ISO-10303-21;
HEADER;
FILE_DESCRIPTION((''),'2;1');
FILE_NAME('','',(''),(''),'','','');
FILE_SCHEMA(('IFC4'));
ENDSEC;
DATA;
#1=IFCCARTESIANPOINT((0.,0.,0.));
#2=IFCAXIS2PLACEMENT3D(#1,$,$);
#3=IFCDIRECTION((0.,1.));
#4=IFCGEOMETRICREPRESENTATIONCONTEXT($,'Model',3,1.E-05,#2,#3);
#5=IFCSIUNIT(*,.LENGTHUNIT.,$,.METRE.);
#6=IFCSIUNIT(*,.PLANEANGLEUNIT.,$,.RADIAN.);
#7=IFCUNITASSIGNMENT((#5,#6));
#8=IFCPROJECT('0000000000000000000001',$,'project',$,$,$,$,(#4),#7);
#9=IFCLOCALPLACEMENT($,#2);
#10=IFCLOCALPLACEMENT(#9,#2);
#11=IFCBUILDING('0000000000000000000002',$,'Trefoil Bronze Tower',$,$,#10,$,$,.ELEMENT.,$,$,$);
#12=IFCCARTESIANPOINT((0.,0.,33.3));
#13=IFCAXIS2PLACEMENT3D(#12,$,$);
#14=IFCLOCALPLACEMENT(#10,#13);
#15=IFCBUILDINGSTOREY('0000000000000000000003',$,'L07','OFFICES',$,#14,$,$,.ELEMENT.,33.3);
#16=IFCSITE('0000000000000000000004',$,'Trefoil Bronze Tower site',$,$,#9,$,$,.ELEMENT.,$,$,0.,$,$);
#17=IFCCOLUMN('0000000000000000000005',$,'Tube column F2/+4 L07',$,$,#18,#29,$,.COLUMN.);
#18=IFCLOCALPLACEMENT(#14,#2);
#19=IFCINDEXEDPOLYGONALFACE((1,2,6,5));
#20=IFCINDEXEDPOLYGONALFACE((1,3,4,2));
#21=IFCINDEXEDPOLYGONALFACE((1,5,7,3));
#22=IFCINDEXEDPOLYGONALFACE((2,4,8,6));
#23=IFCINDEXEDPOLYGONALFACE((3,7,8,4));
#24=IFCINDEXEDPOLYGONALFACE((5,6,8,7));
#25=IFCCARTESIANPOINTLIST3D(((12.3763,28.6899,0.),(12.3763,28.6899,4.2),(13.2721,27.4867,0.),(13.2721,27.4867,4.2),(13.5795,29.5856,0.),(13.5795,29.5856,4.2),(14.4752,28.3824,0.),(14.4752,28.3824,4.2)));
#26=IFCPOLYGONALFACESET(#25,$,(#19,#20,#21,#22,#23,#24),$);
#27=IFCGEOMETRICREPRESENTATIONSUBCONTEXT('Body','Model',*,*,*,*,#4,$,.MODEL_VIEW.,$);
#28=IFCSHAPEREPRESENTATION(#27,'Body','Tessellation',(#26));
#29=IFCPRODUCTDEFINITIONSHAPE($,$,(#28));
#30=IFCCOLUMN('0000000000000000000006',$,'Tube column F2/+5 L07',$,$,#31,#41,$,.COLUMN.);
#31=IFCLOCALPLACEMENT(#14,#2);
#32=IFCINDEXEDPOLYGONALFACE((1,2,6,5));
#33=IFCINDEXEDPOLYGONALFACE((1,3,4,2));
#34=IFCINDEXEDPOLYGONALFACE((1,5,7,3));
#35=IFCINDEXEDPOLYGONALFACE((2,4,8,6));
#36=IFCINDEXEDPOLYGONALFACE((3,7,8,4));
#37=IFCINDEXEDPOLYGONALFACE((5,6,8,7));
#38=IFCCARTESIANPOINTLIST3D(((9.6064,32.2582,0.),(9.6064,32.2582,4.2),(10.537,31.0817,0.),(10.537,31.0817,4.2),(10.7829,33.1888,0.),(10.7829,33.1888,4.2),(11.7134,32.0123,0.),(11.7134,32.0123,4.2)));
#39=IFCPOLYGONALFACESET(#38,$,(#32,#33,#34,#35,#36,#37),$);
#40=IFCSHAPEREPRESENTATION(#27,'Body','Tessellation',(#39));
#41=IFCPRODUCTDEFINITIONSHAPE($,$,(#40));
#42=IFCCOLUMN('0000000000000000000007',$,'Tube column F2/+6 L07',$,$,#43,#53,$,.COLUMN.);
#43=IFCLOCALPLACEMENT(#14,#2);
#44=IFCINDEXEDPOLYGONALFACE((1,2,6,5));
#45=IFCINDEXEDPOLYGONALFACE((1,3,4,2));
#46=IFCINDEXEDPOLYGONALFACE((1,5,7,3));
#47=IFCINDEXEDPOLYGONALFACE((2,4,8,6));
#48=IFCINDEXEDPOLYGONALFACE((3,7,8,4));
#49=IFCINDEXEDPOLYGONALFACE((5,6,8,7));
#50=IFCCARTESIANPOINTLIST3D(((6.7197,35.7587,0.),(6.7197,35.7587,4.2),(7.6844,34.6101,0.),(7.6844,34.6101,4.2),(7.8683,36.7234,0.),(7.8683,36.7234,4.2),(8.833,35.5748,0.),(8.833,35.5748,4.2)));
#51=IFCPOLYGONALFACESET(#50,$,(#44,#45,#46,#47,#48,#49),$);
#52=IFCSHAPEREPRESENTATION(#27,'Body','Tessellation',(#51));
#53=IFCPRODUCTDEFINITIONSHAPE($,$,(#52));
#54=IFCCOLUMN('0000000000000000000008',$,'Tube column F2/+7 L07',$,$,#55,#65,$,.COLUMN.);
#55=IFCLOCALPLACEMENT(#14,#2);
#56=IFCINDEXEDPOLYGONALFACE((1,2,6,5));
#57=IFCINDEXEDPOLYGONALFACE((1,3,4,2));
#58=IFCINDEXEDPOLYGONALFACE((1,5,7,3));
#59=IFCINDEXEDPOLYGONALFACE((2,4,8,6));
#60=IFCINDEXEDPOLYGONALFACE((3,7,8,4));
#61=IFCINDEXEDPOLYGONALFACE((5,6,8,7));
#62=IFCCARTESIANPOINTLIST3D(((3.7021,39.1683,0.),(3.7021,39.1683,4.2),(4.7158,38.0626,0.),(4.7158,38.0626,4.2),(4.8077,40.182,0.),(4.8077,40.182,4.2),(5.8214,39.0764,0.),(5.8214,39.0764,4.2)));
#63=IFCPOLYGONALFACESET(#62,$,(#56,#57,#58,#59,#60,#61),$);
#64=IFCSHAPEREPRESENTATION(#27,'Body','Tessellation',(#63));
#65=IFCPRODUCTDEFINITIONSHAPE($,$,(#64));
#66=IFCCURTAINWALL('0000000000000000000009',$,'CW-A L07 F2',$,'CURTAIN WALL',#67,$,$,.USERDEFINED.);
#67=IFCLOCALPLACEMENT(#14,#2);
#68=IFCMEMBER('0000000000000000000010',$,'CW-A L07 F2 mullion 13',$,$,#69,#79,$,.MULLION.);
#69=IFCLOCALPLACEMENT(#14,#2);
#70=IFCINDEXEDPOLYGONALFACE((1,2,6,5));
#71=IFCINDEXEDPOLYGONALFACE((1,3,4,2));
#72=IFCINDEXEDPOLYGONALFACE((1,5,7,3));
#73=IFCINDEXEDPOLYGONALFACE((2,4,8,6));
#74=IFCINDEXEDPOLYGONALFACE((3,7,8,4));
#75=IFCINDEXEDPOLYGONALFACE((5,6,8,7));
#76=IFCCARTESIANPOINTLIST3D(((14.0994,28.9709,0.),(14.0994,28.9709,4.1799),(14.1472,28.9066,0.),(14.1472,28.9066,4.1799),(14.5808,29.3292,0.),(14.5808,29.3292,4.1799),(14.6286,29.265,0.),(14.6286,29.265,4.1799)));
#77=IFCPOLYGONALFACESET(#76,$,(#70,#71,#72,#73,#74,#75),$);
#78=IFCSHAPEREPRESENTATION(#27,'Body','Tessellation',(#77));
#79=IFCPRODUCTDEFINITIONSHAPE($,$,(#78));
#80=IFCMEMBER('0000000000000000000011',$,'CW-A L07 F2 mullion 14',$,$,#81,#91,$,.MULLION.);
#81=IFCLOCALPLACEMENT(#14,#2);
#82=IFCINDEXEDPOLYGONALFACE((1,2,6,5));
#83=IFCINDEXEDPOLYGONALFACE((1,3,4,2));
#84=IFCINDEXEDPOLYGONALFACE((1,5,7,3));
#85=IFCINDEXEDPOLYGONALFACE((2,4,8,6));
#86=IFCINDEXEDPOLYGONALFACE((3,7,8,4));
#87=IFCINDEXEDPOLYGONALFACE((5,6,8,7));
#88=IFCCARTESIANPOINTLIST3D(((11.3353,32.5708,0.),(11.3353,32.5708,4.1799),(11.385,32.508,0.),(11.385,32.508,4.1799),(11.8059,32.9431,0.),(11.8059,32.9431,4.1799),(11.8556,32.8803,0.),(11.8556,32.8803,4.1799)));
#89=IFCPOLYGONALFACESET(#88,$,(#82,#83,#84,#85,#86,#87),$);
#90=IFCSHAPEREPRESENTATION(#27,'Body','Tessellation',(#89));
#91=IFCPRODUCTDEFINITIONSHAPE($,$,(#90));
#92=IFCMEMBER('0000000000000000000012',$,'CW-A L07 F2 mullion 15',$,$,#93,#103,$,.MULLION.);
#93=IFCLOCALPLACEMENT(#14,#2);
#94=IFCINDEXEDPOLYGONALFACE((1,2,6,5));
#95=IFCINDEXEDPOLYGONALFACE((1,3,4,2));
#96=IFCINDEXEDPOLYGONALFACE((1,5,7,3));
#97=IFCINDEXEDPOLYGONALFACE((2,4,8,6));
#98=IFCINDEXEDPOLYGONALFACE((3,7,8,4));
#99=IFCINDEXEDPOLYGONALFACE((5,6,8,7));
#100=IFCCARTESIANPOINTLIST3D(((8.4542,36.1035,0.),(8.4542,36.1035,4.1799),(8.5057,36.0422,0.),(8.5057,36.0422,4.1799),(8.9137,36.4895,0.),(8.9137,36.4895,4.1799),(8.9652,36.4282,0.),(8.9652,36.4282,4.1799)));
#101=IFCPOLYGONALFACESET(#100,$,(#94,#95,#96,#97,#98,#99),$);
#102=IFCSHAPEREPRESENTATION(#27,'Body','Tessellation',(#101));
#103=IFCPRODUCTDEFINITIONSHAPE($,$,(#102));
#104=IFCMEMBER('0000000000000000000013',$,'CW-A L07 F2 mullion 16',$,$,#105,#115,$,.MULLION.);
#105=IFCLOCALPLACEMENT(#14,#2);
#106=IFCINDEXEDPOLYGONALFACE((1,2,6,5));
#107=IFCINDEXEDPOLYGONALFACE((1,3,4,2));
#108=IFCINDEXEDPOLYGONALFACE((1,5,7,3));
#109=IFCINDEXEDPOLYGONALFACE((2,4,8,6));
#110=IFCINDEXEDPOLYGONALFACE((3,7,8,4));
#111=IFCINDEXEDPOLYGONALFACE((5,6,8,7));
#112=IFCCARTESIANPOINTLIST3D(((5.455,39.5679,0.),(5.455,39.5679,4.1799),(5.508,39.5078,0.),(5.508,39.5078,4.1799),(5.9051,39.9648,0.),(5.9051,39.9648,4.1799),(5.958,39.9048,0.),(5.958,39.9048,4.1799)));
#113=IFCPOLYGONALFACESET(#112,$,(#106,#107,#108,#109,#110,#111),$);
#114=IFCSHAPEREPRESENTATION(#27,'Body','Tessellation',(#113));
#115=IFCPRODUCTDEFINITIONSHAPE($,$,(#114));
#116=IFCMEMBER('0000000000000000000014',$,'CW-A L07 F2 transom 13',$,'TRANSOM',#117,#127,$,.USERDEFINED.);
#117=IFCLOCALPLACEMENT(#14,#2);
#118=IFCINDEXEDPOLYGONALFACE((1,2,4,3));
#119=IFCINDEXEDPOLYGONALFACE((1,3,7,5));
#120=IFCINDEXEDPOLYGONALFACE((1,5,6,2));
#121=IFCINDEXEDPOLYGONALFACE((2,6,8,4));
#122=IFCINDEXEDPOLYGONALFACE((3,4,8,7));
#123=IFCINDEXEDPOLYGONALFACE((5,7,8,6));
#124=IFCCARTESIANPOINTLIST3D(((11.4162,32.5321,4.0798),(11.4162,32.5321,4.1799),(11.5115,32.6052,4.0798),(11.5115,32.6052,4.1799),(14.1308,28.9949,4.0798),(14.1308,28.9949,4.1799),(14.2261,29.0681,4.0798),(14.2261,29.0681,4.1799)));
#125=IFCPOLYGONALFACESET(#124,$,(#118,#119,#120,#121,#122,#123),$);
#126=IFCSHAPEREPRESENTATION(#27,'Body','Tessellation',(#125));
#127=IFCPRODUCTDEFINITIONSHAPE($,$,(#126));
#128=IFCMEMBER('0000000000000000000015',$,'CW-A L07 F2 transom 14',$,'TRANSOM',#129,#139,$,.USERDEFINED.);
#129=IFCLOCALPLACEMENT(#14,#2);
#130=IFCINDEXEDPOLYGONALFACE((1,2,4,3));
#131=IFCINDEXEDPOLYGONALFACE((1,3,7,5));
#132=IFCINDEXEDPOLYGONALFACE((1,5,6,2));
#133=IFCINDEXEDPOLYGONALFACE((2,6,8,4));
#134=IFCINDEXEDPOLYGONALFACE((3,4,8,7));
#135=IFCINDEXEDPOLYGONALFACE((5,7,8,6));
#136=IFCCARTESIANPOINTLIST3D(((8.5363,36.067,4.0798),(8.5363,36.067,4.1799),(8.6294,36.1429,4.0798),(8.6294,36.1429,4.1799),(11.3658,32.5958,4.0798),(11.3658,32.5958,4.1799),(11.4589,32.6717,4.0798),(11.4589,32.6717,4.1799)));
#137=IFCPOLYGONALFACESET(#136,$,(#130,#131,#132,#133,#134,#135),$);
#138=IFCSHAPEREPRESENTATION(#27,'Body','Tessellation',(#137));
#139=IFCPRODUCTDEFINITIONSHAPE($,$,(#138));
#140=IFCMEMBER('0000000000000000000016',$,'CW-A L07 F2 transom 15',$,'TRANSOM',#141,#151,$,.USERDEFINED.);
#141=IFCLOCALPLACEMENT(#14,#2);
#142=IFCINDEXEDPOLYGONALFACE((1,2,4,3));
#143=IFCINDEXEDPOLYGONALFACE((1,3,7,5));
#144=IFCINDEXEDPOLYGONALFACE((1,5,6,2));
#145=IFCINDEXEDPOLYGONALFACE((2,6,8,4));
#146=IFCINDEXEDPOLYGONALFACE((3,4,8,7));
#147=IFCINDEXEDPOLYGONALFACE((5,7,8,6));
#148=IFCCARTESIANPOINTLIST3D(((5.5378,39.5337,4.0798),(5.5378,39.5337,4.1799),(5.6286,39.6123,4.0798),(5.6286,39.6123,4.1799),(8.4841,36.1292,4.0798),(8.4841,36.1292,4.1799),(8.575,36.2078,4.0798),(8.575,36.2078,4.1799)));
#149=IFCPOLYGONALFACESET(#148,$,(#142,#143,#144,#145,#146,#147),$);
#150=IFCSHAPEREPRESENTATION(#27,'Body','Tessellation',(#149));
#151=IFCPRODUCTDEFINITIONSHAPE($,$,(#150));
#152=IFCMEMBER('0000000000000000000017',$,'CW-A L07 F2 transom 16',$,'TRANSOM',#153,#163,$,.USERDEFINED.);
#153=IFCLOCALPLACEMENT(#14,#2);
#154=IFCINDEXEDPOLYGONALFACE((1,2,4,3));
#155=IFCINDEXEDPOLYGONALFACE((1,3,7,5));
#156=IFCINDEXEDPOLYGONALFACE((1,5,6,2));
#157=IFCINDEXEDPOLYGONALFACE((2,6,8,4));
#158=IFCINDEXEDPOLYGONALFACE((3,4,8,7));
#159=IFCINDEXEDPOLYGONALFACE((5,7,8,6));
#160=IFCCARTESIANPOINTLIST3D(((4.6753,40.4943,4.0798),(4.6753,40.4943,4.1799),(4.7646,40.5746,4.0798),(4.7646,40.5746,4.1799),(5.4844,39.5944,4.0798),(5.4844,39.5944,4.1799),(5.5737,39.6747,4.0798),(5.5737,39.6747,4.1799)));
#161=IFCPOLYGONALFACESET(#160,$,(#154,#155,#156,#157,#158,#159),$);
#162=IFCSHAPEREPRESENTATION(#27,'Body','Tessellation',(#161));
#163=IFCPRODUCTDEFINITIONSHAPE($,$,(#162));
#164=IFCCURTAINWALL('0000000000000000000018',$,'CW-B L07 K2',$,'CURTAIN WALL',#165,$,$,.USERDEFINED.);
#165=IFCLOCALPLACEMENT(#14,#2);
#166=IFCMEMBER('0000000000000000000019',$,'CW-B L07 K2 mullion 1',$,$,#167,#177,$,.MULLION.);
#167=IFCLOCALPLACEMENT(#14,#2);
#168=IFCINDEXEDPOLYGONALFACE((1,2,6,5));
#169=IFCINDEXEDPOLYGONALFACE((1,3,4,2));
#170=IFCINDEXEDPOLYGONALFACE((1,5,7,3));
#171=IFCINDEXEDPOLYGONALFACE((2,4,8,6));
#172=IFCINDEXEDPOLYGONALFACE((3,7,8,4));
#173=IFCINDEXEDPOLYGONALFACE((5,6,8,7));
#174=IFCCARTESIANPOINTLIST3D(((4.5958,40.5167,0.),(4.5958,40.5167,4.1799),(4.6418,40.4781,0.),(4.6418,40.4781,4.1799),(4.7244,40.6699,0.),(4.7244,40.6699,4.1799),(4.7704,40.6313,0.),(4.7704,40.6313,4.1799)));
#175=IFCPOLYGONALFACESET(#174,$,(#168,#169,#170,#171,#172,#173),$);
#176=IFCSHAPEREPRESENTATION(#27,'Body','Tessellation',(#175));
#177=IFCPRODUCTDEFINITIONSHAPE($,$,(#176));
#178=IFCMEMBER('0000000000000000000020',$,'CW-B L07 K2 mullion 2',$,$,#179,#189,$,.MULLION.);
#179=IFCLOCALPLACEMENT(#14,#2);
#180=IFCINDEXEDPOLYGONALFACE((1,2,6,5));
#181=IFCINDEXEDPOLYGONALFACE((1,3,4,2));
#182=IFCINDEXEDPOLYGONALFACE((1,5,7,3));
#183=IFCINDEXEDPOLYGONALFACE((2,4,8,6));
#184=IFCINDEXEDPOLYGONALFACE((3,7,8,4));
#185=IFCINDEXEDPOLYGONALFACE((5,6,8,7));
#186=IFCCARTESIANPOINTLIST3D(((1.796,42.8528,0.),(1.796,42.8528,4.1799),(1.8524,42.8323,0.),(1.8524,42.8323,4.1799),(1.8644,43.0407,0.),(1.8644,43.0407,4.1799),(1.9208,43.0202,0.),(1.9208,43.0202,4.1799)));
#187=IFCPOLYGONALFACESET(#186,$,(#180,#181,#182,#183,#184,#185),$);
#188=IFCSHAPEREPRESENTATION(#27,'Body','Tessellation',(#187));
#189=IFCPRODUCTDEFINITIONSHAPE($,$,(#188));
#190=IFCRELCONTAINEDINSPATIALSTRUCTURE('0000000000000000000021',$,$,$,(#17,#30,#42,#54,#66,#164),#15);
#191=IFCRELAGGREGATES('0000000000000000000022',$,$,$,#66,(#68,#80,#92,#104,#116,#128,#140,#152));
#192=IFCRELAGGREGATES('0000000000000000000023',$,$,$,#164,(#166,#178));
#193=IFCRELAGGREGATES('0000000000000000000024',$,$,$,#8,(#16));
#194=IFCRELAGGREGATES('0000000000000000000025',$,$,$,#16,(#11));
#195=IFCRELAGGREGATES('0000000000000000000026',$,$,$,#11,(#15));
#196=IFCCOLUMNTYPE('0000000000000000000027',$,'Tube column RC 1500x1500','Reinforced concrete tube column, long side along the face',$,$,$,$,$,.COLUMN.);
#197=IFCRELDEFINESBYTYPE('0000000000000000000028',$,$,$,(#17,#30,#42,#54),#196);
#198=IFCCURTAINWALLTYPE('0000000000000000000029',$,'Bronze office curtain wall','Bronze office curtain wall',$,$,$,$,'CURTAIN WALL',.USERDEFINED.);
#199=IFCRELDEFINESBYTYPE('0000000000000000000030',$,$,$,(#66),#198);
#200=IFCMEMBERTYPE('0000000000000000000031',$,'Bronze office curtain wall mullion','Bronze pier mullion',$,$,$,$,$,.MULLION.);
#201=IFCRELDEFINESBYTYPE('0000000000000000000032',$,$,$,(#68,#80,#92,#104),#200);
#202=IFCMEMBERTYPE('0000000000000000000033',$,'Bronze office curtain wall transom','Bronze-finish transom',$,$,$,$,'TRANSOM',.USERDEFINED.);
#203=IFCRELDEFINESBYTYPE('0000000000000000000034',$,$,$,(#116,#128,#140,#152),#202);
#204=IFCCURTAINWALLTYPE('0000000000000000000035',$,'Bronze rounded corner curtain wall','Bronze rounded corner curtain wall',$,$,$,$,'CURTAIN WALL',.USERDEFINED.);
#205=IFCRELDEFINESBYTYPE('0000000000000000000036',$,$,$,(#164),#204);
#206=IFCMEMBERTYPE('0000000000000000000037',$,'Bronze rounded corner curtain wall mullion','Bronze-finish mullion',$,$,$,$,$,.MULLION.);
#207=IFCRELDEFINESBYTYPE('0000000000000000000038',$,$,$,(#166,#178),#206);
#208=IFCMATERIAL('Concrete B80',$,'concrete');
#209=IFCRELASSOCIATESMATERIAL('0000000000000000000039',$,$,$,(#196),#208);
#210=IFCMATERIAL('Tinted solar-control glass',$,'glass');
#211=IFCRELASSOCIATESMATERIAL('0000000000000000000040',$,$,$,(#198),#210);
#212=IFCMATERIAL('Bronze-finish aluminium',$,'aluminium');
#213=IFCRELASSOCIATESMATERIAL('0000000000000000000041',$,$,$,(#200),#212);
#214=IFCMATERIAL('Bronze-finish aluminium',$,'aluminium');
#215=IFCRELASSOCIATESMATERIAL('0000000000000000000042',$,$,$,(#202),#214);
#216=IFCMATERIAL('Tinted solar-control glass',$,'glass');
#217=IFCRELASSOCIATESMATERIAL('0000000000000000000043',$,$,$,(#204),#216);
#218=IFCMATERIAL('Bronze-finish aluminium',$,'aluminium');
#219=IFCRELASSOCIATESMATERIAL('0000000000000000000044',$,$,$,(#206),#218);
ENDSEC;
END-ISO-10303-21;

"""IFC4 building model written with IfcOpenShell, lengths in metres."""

from ifc_helpers import new_model, si_unit, direction, frame, origin, origin_2d, place, context, subcontext, project, spatial, rectangle, extrude, material, material_profile, profile_set, type_object, element, aggregate, save


model = new_model("IFC4")

# Units and contexts
model_context = context("Model", 3, precision=1e-05, world=origin(), true_north=direction((0.0, 1.0)))
body_context = subcontext(model_context, "Body", "Model", "MODEL_VIEW")
ifc_project = project(units=[si_unit("LENGTHUNIT", "METRE"), si_unit("PLANEANGLEUNIT", "RADIAN")], contexts=[model_context])

# Site, building, storey
site_placement = place(None, origin())
site = spatial("IfcSite", under=ifc_project, at=site_placement, Name="Trefoil Bronze Tower site", CompositionType="ELEMENT", RefElevation=0.0)
building_placement = place(site_placement, origin())
building = spatial("IfcBuilding", under=site, at=building_placement, Name="Trefoil Bronze Tower", CompositionType="ELEMENT")
storey_placement = place(building_placement, frame((0.0, 0.0, 33.3)))
storey = spatial("IfcBuildingStorey", under=building, at=storey_placement, Name="L07", Description="OFFICES", CompositionType="ELEMENT", Elevation=33.3)

# Columns
ifc_material_1 = material(Name="Concrete B80", Category="concrete")
ifc_material_profile_1 = material_profile(ifc_material_1, rectangle(XDim=1.5, YDim=1.5, at=origin_2d()), Name="RC 1500x1500")
ifc_profile_set_1 = profile_set([ifc_material_profile_1], Name="Concrete B80")
column_type = type_object("IfcColumnType", Name="Tube column RC 1500x1500", Description="Reinforced concrete tube column, long side along the face", PredefinedType="COLUMN", material=ifc_profile_set_1)
for number, where, z_axis, x_axis, name in (
    (1, (13.4258, 28.5361, 0.0), (0.0, 0.0, 1.0), (-0.597154, 0.802127, 0.0), "Tube column F2/+4 L07"),
    (2, (10.6599, 32.1353, 0.0), (0.0, 0.0, 1.0), (-0.620376, 0.784305, 0.0), "Tube column F2/+5 L07"),
    (3, (7.7764, 35.6667, 0.0), (0.0, 0.0, 1.0), (-0.643163, 0.765729, 0.0), "Tube column F2/+6 L07"),
    (4, (4.7617, 39.1223, 0.0), (0.0, 0.0, 1.0), (-0.675816, 0.73707, 0.0), "Tube column F2/+7 L07"),
):
    element("IfcColumn", number, at=place(storey_placement, frame(where, z_axis=z_axis, x_axis=x_axis)), inside=storey, type_object=column_type, Name=name, PredefinedType="COLUMN", context=body_context, shape_type="SweptSolid", body=[
        extrude(rectangle(XDim=1.5, YDim=1.5, at=origin_2d()), origin(), (0.0, 0.0, 1.0), 4.2),
    ])

# Curtain walls, members
ifc_material_2 = material(Name="Tinted solar-control glass", Category="glass")
curtain_wall_type_1 = type_object("IfcCurtainWallType", Name="Bronze office curtain wall", Description="Bronze office curtain wall", ElementType="CURTAIN WALL", PredefinedType="USERDEFINED", material=ifc_material_2)
curtain_wall_1_placement = place(storey_placement, origin())
curtain_wall_1 = element("IfcCurtainWall", 5, at=curtain_wall_1_placement, inside=storey, type_object=curtain_wall_type_1, Name="CW-A L07 F2", ObjectType="CURTAIN WALL", PredefinedType="USERDEFINED")
ifc_material_3 = material(Name="Bronze-finish aluminium", Category="aluminium")
ifc_material_profile_2 = material_profile(ifc_material_3, rectangle(XDim=0.6001, YDim=0.0801, at=origin_2d()), Name="CW-A mullion")
ifc_profile_set_2 = profile_set([ifc_material_profile_2], Name="Bronze-finish aluminium")
member_type_1 = type_object("IfcMemberType", Name="Bronze office curtain wall mullion", Description="Bronze pier mullion", PredefinedType="MULLION", material=ifc_profile_set_2)
member_1_placement = place(storey_placement, frame((14.364, 29.1179, 0.0), z_axis=(0.0, 0.0, 1.0), x_axis=(-0.802127, -0.597154, 0.0)))
member_1 = element("IfcMember", 6, at=member_1_placement, type_object=member_type_1, Name="CW-A L07 F2 mullion 13", PredefinedType="MULLION", context=body_context, shape_type="SweptSolid", body=[
    extrude(rectangle(XDim=0.6001, YDim=0.0801, at=origin_2d()), origin(), (0.0, 0.0, 1.0), 4.1799),
])
member_2_placement = place(storey_placement, frame((11.5955, 32.7256, 0.0), z_axis=(0.0, 0.0, 1.0), x_axis=(-0.784305, -0.620376, 0.0)))
member_2 = element("IfcMember", 7, at=member_2_placement, type_object=member_type_1, Name="CW-A L07 F2 mullion 14", PredefinedType="MULLION", context=body_context, shape_type="SweptSolid", body=[
    extrude(rectangle(XDim=0.6001, YDim=0.0801, at=origin_2d()), origin(), (0.0, 0.0, 1.0), 4.1799),
])
member_3_placement = place(storey_placement, frame((8.7097, 36.2659, 0.0), z_axis=(0.0, 0.0, 1.0), x_axis=(-0.765729, -0.643163, 0.0)))
member_3 = element("IfcMember", 8, at=member_3_placement, type_object=member_type_1, Name="CW-A L07 F2 mullion 15", PredefinedType="MULLION", context=body_context, shape_type="SweptSolid", body=[
    extrude(rectangle(XDim=0.6001, YDim=0.0801, at=origin_2d()), origin(), (0.0, 0.0, 1.0), 4.1799),
])
member_4_placement = place(storey_placement, frame((5.7065, 39.7363, 0.0), z_axis=(0.0, 0.0, 1.0), x_axis=(-0.749941, -0.661505, 0.0)))
member_4 = element("IfcMember", 9, at=member_4_placement, type_object=member_type_1, Name="CW-A L07 F2 mullion 16", PredefinedType="MULLION", context=body_context, shape_type="SweptSolid", body=[
    extrude(rectangle(XDim=0.6001, YDim=0.0801, at=origin_2d()), origin(), (0.0, 0.0, 1.0), 4.1799),
])
ifc_material_4 = material(Name="Bronze-finish aluminium", Category="aluminium")
ifc_material_profile_3 = material_profile(ifc_material_4, rectangle(XDim=0.1201, YDim=0.1001, at=origin_2d()), Name="CW-A transom")
ifc_profile_set_3 = profile_set([ifc_material_profile_3], Name="Bronze-finish aluminium")
member_type_2 = type_object("IfcMemberType", Name="Bronze office curtain wall transom", Description="Bronze-finish transom", ElementType="TRANSOM", PredefinedType="USERDEFINED", material=ifc_profile_set_3)
member_5_placement = place(storey_placement, frame((14.1785, 29.0315, 4.1299), z_axis=(-0.608829, 0.793301, 0.0), x_axis=(-0.793301, -0.608829, 0.0)))
member_5 = element("IfcMember", 10, at=member_5_placement, type_object=member_type_2, Name="CW-A L07 F2 transom 13", ObjectType="TRANSOM", PredefinedType="USERDEFINED", context=body_context, shape_type="SweptSolid", body=[
    extrude(rectangle(XDim=0.1201, YDim=0.1001, at=origin_2d()), origin(), (0.0, 0.0, 1.0), 4.4587),
])
member_6_placement = place(storey_placement, frame((11.4124, 32.6338, 4.1299), z_axis=(-0.631836, 0.775102, 0.0), x_axis=(-0.775102, -0.631836, 0.0)))
member_6 = element("IfcMember", 11, at=member_6_placement, type_object=member_type_2, Name="CW-A L07 F2 transom 14", ObjectType="TRANSOM", PredefinedType="USERDEFINED", context=body_context, shape_type="SweptSolid", body=[
    extrude(rectangle(XDim=0.1201, YDim=0.1001, at=origin_2d()), origin(), (0.0, 0.0, 1.0), 4.4783),
])
member_7_placement = place(storey_placement, frame((8.5295, 36.1685, 4.1299), z_axis=(-0.654383, 0.756163, 0.0), x_axis=(-0.756163, -0.654383, 0.0)))
member_7 = element("IfcMember", 12, at=member_7_placement, type_object=member_type_2, Name="CW-A L07 F2 transom 15", ObjectType="TRANSOM", PredefinedType="USERDEFINED", context=body_context, shape_type="SweptSolid", body=[
    extrude(rectangle(XDim=0.1201, YDim=0.1001, at=origin_2d()), origin(), (0.0, 0.0, 1.0), 4.5024),
])
member_8_placement = place(storey_placement, frame((5.5291, 39.6345, 4.1299), z_axis=(-0.668586, 0.743635, 0.0), x_axis=(-0.743635, -0.668586, 0.0)))
member_8 = element("IfcMember", 13, at=member_8_placement, type_object=member_type_2, Name="CW-A L07 F2 transom 16", ObjectType="TRANSOM", PredefinedType="USERDEFINED", context=body_context, shape_type="SweptSolid", body=[
    extrude(rectangle(XDim=0.1201, YDim=0.1001, at=origin_2d()), origin(), (0.0, 0.0, 1.0), 1.2102),
])
ifc_material_5 = material(Name="Tinted solar-control glass", Category="glass")
curtain_wall_type_2 = type_object("IfcCurtainWallType", Name="Bronze rounded corner curtain wall", Description="Bronze rounded corner curtain wall", ElementType="CURTAIN WALL", PredefinedType="USERDEFINED", material=ifc_material_5)
curtain_wall_2_placement = place(storey_placement, origin())
curtain_wall_2 = element("IfcCurtainWall", 14, at=curtain_wall_2_placement, inside=storey, type_object=curtain_wall_type_2, Name="CW-B L07 K2", ObjectType="CURTAIN WALL", PredefinedType="USERDEFINED")
ifc_material_6 = material(Name="Bronze-finish aluminium", Category="aluminium")
ifc_material_profile_4 = material_profile(ifc_material_6, rectangle(XDim=0.2, YDim=0.0601, at=origin_2d()), Name="CW-B mullion")
ifc_profile_set_4 = profile_set([ifc_material_profile_4], Name="Bronze-finish aluminium")
member_type_3 = type_object("IfcMemberType", Name="Bronze rounded corner curtain wall mullion", Description="Bronze-finish mullion", PredefinedType="MULLION", material=ifc_profile_set_4)
member_9_placement = place(storey_placement, frame((4.6831, 40.574, 0.0), z_axis=(0.0, 0.0, 1.0), x_axis=(-0.642788, -0.766044, 0.0)))
member_9 = element("IfcMember", 15, at=member_9_placement, type_object=member_type_3, Name="CW-B L07 K2 mullion 1", PredefinedType="MULLION", context=body_context, shape_type="SweptSolid", body=[
    extrude(rectangle(XDim=0.2, YDim=0.0601, at=origin_2d()), origin(), (0.0, 0.0, 1.0), 4.1799),
])
member_10_placement = place(storey_placement, frame((1.8584, 42.9365, 0.0), z_axis=(0.0, 0.0, 1.0), x_axis=(-0.34202, -0.939693, 0.0)))
member_10 = element("IfcMember", 16, at=member_10_placement, type_object=member_type_3, Name="CW-B L07 K2 mullion 2", PredefinedType="MULLION", context=body_context, shape_type="SweptSolid", body=[
    extrude(rectangle(XDim=0.2, YDim=0.0601, at=origin_2d()), origin(), (0.0, 0.0, 1.0), 4.1799),
])

aggregate(curtain_wall_1, [member_1, member_2, member_3, member_4, member_5, member_6, member_7, member_8])
aggregate(curtain_wall_2, [member_9, member_10])

save(model, "model.ifc")
